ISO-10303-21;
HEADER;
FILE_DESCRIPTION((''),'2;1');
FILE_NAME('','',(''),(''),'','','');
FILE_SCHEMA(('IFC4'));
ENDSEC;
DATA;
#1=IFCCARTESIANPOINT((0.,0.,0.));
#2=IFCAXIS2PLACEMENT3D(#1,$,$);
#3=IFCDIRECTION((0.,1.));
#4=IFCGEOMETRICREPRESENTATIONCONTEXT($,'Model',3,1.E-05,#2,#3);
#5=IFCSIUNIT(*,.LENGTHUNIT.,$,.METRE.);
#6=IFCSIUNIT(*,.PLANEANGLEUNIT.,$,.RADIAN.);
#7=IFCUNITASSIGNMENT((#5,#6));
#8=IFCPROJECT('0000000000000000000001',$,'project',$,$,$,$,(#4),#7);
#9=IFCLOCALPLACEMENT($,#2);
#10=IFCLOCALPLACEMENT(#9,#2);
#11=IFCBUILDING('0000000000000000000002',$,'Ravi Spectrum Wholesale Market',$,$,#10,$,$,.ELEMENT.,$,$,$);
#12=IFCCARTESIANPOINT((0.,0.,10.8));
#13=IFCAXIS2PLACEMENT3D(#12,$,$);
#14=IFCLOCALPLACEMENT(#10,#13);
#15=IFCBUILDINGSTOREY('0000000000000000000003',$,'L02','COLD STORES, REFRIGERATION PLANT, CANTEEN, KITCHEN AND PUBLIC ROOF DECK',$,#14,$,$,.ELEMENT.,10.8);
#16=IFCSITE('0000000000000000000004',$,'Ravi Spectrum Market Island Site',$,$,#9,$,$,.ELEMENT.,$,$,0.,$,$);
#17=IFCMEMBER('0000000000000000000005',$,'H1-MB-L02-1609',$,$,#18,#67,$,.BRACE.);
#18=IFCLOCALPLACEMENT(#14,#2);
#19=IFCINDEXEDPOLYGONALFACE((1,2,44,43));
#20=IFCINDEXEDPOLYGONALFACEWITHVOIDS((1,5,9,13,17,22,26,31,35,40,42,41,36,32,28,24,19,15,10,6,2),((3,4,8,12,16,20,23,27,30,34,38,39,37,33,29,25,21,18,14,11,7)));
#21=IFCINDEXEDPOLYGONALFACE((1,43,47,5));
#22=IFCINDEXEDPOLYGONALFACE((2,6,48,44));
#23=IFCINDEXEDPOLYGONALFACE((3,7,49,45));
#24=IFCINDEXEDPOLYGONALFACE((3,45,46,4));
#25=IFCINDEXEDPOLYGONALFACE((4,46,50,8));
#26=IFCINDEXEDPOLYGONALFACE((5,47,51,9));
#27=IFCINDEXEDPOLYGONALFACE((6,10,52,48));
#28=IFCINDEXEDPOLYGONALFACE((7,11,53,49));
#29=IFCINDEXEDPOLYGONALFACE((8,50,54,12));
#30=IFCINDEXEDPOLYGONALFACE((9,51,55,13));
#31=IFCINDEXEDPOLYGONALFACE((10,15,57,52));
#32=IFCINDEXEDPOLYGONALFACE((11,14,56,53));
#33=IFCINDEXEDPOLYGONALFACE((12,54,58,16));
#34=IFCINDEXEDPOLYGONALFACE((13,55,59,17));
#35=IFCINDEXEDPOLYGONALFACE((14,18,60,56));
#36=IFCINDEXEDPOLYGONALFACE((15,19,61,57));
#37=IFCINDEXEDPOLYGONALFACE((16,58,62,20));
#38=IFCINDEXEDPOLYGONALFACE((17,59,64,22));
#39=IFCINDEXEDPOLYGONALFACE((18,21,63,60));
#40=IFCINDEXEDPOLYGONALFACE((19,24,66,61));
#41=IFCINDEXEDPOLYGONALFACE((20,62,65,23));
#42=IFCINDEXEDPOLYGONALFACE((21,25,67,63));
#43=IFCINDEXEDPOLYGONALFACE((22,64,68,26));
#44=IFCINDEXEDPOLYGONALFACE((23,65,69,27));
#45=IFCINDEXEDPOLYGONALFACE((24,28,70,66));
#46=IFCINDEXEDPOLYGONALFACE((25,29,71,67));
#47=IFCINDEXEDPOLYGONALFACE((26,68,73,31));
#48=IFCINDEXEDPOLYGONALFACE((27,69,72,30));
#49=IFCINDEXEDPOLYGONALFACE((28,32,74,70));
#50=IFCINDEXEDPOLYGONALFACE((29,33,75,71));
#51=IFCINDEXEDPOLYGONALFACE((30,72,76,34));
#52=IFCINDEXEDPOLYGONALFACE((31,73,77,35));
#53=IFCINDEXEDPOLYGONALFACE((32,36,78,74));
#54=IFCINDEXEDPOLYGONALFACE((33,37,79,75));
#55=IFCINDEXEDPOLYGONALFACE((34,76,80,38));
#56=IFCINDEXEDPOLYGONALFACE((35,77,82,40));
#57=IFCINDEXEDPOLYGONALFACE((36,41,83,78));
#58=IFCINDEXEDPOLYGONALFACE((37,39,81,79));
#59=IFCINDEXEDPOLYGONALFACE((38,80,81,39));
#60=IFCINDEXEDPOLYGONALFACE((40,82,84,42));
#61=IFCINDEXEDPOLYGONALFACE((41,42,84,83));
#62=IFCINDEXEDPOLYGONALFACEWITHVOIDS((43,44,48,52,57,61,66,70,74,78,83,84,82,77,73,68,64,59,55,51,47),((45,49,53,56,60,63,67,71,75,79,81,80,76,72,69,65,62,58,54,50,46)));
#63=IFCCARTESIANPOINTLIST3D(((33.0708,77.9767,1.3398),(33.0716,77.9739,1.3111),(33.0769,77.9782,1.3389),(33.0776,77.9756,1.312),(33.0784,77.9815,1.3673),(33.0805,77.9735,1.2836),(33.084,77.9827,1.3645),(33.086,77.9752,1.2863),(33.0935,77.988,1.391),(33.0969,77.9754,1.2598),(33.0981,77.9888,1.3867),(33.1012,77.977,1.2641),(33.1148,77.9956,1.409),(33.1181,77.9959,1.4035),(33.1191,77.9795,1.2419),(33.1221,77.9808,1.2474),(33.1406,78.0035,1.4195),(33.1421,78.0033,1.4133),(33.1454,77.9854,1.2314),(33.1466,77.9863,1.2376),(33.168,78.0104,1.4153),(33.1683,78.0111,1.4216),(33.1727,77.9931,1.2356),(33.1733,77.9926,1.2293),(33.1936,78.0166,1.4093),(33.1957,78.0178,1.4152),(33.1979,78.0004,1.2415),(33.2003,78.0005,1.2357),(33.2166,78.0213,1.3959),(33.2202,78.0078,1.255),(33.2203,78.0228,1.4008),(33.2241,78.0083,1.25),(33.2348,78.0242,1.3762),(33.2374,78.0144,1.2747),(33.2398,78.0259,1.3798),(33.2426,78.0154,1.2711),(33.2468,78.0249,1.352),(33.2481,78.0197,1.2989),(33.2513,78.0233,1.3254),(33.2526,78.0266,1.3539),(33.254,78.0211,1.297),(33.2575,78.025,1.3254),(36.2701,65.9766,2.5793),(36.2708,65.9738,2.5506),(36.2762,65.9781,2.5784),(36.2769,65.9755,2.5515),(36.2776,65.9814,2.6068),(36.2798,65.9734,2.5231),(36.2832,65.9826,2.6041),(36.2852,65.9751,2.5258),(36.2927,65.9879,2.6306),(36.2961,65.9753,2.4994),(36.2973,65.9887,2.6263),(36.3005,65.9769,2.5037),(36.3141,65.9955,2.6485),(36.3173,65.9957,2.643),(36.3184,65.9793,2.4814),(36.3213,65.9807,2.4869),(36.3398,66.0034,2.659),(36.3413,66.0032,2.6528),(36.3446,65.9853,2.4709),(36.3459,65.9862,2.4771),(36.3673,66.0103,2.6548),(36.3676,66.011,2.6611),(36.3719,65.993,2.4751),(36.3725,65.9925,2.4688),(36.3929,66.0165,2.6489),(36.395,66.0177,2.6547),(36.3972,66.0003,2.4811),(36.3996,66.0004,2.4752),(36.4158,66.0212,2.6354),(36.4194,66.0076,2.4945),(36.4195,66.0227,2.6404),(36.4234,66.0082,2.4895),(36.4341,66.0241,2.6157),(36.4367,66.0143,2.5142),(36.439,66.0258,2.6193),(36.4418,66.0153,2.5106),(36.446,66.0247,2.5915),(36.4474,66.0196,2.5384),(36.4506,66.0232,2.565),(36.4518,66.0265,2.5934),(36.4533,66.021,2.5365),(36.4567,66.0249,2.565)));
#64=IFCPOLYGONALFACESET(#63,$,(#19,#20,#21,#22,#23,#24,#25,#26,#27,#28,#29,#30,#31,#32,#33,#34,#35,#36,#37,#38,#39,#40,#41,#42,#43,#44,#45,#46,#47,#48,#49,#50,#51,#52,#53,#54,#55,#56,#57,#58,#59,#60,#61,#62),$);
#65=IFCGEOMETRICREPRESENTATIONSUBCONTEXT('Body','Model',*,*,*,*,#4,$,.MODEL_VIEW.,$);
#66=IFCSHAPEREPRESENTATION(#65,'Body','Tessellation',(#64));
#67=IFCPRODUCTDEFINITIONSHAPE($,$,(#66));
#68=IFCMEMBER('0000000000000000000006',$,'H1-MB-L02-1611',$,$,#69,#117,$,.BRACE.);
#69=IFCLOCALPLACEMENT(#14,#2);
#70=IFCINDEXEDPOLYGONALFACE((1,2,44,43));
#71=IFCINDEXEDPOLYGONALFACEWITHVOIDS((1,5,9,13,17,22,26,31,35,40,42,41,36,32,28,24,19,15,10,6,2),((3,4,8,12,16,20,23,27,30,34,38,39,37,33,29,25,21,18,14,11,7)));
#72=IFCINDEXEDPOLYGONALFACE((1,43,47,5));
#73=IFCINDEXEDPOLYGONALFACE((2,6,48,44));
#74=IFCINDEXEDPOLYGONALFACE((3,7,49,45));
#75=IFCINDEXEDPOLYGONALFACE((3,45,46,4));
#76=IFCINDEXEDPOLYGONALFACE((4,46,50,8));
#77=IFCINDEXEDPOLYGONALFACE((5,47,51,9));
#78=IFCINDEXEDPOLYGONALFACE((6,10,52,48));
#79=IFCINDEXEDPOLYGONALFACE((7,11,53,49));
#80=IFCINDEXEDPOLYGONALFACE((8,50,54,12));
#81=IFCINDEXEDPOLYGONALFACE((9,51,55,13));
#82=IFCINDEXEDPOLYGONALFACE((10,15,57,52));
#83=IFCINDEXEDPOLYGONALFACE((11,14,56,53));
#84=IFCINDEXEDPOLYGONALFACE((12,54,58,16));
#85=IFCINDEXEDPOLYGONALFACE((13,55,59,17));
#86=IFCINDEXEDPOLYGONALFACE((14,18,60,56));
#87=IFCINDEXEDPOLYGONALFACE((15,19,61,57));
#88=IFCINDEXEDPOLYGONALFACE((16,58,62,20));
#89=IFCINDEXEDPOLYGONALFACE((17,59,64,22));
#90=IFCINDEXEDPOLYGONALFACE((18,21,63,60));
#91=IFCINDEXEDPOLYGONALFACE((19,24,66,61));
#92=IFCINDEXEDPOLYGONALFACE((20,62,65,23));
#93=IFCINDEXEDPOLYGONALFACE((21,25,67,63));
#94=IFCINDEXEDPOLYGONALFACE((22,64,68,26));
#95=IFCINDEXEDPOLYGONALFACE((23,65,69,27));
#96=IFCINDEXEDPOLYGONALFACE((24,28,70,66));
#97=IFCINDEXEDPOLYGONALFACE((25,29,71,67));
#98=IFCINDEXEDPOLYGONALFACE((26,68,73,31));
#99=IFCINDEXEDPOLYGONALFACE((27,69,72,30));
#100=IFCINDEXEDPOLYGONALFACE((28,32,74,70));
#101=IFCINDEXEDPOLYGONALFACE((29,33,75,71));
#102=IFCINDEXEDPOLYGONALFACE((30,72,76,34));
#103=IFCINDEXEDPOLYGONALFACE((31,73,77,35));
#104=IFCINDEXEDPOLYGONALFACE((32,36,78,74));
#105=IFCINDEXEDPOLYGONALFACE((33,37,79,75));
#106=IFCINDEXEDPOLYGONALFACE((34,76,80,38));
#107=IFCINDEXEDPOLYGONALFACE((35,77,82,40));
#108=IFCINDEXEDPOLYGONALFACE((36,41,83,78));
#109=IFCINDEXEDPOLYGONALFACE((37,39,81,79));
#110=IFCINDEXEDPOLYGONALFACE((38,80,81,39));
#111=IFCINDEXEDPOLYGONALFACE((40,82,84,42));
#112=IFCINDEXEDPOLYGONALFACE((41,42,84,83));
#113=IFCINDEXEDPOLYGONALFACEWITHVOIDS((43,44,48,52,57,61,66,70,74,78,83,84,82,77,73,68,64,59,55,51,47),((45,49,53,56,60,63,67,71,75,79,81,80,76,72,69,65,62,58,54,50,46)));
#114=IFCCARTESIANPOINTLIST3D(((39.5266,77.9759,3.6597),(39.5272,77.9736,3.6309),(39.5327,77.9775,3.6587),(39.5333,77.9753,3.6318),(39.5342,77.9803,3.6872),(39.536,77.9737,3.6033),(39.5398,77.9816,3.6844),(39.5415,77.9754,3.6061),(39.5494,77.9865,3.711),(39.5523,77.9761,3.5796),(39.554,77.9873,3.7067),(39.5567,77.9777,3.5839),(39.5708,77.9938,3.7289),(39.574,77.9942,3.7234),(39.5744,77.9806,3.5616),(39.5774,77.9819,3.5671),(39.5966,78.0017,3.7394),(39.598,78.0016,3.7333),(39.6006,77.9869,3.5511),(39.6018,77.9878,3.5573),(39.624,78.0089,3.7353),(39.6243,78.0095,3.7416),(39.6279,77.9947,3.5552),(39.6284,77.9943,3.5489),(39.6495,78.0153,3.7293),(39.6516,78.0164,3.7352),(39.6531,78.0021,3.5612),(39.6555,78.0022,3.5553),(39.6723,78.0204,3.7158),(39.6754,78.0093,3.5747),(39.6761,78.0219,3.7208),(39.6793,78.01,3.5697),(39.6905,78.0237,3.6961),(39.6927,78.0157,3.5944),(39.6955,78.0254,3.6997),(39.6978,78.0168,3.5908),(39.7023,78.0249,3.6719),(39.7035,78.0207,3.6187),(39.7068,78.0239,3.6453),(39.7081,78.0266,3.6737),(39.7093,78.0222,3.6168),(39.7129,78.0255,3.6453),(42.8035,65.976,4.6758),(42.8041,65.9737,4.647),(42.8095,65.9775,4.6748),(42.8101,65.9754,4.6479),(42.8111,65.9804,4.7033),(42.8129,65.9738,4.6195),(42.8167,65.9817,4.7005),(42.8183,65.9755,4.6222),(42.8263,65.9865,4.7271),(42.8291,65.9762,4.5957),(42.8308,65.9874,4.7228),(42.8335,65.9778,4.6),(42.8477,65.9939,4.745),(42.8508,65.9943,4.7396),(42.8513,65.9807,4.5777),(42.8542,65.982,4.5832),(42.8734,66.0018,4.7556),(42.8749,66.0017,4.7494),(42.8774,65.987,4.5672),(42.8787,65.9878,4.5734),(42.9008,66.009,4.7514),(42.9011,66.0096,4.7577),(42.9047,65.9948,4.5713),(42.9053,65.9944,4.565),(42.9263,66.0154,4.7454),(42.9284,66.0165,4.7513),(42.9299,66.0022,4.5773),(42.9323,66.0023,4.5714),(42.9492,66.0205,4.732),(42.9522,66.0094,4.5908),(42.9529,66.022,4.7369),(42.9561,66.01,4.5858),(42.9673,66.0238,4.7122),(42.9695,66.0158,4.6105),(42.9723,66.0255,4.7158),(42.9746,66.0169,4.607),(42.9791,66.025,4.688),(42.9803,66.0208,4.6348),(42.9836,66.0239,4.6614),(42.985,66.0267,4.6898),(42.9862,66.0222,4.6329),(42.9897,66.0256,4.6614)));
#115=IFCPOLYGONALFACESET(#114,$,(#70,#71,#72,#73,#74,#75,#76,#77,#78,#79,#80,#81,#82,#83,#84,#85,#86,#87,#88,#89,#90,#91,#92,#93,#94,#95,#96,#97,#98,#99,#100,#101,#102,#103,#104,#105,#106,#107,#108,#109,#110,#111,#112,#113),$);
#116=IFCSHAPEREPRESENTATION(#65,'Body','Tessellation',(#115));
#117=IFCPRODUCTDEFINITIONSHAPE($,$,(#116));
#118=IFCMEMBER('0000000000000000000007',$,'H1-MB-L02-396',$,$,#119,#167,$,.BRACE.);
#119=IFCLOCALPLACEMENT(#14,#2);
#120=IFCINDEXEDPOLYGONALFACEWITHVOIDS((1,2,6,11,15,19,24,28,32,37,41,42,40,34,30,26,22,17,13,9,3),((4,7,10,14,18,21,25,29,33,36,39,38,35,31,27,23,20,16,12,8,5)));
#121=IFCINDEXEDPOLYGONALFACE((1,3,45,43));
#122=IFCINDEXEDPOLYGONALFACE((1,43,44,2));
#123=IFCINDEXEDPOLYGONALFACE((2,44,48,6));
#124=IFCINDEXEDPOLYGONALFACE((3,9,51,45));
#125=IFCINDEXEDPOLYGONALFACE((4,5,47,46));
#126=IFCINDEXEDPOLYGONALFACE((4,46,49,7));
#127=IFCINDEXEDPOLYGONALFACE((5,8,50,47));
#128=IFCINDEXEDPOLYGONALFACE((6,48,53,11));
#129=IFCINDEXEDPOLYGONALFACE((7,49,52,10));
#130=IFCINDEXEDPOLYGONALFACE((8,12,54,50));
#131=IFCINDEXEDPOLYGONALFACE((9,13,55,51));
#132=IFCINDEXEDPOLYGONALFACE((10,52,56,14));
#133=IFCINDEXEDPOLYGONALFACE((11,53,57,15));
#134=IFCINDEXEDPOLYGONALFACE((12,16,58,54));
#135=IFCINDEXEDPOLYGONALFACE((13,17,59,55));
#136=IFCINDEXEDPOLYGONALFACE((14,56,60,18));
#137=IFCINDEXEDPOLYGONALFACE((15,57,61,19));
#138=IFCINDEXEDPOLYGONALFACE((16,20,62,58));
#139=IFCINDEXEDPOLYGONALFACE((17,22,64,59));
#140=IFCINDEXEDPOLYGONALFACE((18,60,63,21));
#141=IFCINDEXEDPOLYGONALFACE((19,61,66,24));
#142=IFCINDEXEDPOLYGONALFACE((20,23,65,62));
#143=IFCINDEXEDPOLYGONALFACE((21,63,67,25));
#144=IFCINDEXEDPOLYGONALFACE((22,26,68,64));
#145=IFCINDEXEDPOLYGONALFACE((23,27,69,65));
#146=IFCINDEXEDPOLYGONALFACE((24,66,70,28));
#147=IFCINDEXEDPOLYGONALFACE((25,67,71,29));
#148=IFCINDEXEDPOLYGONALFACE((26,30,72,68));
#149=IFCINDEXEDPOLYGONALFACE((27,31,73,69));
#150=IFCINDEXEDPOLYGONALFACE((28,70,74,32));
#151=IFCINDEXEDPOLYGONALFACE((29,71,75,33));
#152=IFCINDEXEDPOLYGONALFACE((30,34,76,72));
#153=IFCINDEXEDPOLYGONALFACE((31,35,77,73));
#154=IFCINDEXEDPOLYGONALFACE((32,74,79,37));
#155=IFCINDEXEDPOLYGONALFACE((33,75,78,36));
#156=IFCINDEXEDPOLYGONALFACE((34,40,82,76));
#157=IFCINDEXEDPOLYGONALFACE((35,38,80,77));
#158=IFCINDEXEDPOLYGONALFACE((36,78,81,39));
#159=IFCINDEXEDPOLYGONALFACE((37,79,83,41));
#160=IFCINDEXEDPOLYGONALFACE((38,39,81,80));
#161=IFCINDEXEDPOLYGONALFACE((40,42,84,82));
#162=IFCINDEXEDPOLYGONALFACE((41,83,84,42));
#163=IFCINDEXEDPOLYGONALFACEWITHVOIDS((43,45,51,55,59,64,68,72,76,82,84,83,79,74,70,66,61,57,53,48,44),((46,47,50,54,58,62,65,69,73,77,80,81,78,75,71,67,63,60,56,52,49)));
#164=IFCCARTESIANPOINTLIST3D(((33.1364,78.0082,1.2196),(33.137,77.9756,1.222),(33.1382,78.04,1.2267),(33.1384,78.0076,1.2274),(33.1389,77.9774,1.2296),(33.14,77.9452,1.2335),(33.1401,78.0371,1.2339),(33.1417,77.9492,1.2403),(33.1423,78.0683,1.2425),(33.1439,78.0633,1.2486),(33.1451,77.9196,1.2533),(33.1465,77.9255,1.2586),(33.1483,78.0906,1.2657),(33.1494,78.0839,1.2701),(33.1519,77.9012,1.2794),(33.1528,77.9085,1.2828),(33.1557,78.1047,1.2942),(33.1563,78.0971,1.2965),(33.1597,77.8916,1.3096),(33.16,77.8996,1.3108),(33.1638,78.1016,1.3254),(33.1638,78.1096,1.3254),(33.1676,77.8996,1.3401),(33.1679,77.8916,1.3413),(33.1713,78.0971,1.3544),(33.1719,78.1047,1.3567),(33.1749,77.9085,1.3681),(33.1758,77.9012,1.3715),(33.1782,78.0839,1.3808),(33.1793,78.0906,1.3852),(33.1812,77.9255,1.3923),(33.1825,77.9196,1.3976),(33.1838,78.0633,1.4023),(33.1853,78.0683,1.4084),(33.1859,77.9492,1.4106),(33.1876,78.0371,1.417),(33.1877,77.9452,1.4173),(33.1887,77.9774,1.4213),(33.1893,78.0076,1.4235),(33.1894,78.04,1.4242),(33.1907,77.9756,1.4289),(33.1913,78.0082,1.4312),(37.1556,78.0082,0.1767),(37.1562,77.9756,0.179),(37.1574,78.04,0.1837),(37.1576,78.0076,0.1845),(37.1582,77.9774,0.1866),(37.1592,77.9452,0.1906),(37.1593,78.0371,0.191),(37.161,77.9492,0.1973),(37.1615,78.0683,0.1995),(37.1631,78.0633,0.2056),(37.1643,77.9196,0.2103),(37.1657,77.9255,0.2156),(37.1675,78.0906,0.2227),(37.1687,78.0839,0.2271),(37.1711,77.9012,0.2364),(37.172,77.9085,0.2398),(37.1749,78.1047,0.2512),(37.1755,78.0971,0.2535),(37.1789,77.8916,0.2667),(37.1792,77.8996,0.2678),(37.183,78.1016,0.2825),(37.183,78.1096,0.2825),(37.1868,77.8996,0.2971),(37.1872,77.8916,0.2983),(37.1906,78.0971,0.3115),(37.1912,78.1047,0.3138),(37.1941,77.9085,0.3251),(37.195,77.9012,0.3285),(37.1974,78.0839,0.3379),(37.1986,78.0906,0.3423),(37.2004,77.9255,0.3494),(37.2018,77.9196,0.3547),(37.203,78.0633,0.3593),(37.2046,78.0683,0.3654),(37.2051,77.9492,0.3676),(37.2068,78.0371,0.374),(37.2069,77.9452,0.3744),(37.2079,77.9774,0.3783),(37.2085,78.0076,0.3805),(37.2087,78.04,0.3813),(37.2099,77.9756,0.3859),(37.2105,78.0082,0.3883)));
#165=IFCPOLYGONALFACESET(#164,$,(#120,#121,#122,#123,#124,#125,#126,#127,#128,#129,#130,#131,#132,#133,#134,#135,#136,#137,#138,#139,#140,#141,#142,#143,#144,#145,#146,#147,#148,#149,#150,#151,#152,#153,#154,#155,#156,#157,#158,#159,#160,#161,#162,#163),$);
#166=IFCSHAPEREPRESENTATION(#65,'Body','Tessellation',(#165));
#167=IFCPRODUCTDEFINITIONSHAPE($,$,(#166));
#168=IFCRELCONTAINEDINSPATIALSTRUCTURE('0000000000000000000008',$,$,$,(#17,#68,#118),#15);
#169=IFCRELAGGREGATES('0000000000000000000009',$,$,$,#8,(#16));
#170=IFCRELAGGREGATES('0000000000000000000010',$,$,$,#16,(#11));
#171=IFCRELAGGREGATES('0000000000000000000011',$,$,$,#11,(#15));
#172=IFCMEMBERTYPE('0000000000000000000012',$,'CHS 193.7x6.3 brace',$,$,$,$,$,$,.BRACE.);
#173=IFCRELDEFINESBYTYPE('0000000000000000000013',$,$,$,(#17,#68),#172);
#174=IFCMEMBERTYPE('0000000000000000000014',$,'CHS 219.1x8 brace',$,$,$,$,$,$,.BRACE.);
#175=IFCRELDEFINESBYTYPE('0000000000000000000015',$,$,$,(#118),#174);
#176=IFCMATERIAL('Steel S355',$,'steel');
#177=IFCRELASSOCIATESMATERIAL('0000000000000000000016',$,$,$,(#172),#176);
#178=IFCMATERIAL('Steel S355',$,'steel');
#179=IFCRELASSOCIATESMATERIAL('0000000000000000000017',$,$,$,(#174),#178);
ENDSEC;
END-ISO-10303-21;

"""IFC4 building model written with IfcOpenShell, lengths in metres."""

from ifc_helpers import new_model, si_unit, direction, frame, origin, origin_2d, place, context, subcontext, project, spatial, hollow_circle, extrude, material, material_profile, profile_set, type_object, element, save


model = new_model("IFC4")

# Units and contexts
model_context = context("Model", 3, precision=1e-05, world=origin(), true_north=direction((0.0, 1.0)))
body_context = subcontext(model_context, "Body", "Model", "MODEL_VIEW")
ifc_project = project(units=[si_unit("LENGTHUNIT", "METRE"), si_unit("PLANEANGLEUNIT", "RADIAN")], contexts=[model_context])

# Site, building, storey
site_placement = place(None, origin())
site = spatial("IfcSite", under=ifc_project, at=site_placement, Name="Ravi Spectrum Market Island Site", CompositionType="ELEMENT", RefElevation=0.0)
building_placement = place(site_placement, origin())
building = spatial("IfcBuilding", under=site, at=building_placement, Name="Ravi Spectrum Wholesale Market", CompositionType="ELEMENT")
storey_placement = place(building_placement, frame((0.0, 0.0, 10.8)))
storey = spatial("IfcBuildingStorey", under=building, at=storey_placement, Name="L02", Description="COLD STORES, REFRIGERATION PLANT, CANTEEN, KITCHEN AND PUBLIC ROOF DECK", CompositionType="ELEMENT", Elevation=10.8)

# Members
ifc_material_1 = material(Name="Steel S355", Category="steel")
ifc_material_profile_1 = material_profile(ifc_material_1, hollow_circle(Radius=0.0969, WallThickness=0.0063, at=origin_2d()))
ifc_profile_set_1 = profile_set([ifc_material_profile_1], Name="Steel S355")
member_type_1 = type_object("IfcMemberType", Name="CHS 193.7x6.3 brace", PredefinedType="BRACE", material=ifc_profile_set_1)
member_1_placement = place(storey_placement, frame((33.1638, 78.0, 1.3254), z_axis=(0.25633, -0.961474, 0.099312), x_axis=(0.966251, 0.257604, 0.0)))
element("IfcMember", 1, at=member_1_placement, inside=storey, type_object=member_type_1, Name="H1-MB-L02-1609", PredefinedType="BRACE", context=body_context, shape_type="SweptSolid", body=[
    extrude(hollow_circle(Radius=0.0969, WallThickness=0.0063, at=origin_2d()), origin(), (0.0, 0.0, 1.0), 12.481),
])
member_2_placement = place(storey_placement, frame((39.6194, 78.0, 3.6453), z_axis=(0.262552, -0.961477, 0.081414), x_axis=(0.96468, 0.263426, 0.0)))
element("IfcMember", 2, at=member_2_placement, inside=storey, type_object=member_type_1, Name="H1-MB-L02-1611", PredefinedType="BRACE", context=body_context, shape_type="SweptSolid", body=[
    extrude(hollow_circle(Radius=0.0969, WallThickness=0.0063, at=origin_2d()), origin(), (0.0, 0.0, 1.0), 12.4807),
])
ifc_material_2 = material(Name="Steel S355", Category="steel")
ifc_material_profile_2 = material_profile(ifc_material_2, hollow_circle(Radius=0.1096, WallThickness=0.0081, at=origin_2d()))
ifc_profile_set_2 = profile_set([ifc_material_profile_2], Name="Steel S355")
member_type_2 = type_object("IfcMemberType", Name="CHS 219.1x8 brace", PredefinedType="BRACE", material=ifc_profile_set_2)
member_3_placement = place(storey_placement, frame((33.1638, 78.0, 1.3254), z_axis=(0.967942, 0.0, -0.251172), x_axis=(0.0, 1.0, 0.0)))
element("IfcMember", 3, at=member_3_placement, inside=storey, type_object=member_type_2, Name="H1-MB-L02-396", PredefinedType="BRACE", context=body_context, shape_type="SweptSolid", body=[
    extrude(hollow_circle(Radius=0.1096, WallThickness=0.0081, at=origin_2d()), origin(), (0.0, 0.0, 1.0), 4.1523),
])

save(model, "model.ifc")
